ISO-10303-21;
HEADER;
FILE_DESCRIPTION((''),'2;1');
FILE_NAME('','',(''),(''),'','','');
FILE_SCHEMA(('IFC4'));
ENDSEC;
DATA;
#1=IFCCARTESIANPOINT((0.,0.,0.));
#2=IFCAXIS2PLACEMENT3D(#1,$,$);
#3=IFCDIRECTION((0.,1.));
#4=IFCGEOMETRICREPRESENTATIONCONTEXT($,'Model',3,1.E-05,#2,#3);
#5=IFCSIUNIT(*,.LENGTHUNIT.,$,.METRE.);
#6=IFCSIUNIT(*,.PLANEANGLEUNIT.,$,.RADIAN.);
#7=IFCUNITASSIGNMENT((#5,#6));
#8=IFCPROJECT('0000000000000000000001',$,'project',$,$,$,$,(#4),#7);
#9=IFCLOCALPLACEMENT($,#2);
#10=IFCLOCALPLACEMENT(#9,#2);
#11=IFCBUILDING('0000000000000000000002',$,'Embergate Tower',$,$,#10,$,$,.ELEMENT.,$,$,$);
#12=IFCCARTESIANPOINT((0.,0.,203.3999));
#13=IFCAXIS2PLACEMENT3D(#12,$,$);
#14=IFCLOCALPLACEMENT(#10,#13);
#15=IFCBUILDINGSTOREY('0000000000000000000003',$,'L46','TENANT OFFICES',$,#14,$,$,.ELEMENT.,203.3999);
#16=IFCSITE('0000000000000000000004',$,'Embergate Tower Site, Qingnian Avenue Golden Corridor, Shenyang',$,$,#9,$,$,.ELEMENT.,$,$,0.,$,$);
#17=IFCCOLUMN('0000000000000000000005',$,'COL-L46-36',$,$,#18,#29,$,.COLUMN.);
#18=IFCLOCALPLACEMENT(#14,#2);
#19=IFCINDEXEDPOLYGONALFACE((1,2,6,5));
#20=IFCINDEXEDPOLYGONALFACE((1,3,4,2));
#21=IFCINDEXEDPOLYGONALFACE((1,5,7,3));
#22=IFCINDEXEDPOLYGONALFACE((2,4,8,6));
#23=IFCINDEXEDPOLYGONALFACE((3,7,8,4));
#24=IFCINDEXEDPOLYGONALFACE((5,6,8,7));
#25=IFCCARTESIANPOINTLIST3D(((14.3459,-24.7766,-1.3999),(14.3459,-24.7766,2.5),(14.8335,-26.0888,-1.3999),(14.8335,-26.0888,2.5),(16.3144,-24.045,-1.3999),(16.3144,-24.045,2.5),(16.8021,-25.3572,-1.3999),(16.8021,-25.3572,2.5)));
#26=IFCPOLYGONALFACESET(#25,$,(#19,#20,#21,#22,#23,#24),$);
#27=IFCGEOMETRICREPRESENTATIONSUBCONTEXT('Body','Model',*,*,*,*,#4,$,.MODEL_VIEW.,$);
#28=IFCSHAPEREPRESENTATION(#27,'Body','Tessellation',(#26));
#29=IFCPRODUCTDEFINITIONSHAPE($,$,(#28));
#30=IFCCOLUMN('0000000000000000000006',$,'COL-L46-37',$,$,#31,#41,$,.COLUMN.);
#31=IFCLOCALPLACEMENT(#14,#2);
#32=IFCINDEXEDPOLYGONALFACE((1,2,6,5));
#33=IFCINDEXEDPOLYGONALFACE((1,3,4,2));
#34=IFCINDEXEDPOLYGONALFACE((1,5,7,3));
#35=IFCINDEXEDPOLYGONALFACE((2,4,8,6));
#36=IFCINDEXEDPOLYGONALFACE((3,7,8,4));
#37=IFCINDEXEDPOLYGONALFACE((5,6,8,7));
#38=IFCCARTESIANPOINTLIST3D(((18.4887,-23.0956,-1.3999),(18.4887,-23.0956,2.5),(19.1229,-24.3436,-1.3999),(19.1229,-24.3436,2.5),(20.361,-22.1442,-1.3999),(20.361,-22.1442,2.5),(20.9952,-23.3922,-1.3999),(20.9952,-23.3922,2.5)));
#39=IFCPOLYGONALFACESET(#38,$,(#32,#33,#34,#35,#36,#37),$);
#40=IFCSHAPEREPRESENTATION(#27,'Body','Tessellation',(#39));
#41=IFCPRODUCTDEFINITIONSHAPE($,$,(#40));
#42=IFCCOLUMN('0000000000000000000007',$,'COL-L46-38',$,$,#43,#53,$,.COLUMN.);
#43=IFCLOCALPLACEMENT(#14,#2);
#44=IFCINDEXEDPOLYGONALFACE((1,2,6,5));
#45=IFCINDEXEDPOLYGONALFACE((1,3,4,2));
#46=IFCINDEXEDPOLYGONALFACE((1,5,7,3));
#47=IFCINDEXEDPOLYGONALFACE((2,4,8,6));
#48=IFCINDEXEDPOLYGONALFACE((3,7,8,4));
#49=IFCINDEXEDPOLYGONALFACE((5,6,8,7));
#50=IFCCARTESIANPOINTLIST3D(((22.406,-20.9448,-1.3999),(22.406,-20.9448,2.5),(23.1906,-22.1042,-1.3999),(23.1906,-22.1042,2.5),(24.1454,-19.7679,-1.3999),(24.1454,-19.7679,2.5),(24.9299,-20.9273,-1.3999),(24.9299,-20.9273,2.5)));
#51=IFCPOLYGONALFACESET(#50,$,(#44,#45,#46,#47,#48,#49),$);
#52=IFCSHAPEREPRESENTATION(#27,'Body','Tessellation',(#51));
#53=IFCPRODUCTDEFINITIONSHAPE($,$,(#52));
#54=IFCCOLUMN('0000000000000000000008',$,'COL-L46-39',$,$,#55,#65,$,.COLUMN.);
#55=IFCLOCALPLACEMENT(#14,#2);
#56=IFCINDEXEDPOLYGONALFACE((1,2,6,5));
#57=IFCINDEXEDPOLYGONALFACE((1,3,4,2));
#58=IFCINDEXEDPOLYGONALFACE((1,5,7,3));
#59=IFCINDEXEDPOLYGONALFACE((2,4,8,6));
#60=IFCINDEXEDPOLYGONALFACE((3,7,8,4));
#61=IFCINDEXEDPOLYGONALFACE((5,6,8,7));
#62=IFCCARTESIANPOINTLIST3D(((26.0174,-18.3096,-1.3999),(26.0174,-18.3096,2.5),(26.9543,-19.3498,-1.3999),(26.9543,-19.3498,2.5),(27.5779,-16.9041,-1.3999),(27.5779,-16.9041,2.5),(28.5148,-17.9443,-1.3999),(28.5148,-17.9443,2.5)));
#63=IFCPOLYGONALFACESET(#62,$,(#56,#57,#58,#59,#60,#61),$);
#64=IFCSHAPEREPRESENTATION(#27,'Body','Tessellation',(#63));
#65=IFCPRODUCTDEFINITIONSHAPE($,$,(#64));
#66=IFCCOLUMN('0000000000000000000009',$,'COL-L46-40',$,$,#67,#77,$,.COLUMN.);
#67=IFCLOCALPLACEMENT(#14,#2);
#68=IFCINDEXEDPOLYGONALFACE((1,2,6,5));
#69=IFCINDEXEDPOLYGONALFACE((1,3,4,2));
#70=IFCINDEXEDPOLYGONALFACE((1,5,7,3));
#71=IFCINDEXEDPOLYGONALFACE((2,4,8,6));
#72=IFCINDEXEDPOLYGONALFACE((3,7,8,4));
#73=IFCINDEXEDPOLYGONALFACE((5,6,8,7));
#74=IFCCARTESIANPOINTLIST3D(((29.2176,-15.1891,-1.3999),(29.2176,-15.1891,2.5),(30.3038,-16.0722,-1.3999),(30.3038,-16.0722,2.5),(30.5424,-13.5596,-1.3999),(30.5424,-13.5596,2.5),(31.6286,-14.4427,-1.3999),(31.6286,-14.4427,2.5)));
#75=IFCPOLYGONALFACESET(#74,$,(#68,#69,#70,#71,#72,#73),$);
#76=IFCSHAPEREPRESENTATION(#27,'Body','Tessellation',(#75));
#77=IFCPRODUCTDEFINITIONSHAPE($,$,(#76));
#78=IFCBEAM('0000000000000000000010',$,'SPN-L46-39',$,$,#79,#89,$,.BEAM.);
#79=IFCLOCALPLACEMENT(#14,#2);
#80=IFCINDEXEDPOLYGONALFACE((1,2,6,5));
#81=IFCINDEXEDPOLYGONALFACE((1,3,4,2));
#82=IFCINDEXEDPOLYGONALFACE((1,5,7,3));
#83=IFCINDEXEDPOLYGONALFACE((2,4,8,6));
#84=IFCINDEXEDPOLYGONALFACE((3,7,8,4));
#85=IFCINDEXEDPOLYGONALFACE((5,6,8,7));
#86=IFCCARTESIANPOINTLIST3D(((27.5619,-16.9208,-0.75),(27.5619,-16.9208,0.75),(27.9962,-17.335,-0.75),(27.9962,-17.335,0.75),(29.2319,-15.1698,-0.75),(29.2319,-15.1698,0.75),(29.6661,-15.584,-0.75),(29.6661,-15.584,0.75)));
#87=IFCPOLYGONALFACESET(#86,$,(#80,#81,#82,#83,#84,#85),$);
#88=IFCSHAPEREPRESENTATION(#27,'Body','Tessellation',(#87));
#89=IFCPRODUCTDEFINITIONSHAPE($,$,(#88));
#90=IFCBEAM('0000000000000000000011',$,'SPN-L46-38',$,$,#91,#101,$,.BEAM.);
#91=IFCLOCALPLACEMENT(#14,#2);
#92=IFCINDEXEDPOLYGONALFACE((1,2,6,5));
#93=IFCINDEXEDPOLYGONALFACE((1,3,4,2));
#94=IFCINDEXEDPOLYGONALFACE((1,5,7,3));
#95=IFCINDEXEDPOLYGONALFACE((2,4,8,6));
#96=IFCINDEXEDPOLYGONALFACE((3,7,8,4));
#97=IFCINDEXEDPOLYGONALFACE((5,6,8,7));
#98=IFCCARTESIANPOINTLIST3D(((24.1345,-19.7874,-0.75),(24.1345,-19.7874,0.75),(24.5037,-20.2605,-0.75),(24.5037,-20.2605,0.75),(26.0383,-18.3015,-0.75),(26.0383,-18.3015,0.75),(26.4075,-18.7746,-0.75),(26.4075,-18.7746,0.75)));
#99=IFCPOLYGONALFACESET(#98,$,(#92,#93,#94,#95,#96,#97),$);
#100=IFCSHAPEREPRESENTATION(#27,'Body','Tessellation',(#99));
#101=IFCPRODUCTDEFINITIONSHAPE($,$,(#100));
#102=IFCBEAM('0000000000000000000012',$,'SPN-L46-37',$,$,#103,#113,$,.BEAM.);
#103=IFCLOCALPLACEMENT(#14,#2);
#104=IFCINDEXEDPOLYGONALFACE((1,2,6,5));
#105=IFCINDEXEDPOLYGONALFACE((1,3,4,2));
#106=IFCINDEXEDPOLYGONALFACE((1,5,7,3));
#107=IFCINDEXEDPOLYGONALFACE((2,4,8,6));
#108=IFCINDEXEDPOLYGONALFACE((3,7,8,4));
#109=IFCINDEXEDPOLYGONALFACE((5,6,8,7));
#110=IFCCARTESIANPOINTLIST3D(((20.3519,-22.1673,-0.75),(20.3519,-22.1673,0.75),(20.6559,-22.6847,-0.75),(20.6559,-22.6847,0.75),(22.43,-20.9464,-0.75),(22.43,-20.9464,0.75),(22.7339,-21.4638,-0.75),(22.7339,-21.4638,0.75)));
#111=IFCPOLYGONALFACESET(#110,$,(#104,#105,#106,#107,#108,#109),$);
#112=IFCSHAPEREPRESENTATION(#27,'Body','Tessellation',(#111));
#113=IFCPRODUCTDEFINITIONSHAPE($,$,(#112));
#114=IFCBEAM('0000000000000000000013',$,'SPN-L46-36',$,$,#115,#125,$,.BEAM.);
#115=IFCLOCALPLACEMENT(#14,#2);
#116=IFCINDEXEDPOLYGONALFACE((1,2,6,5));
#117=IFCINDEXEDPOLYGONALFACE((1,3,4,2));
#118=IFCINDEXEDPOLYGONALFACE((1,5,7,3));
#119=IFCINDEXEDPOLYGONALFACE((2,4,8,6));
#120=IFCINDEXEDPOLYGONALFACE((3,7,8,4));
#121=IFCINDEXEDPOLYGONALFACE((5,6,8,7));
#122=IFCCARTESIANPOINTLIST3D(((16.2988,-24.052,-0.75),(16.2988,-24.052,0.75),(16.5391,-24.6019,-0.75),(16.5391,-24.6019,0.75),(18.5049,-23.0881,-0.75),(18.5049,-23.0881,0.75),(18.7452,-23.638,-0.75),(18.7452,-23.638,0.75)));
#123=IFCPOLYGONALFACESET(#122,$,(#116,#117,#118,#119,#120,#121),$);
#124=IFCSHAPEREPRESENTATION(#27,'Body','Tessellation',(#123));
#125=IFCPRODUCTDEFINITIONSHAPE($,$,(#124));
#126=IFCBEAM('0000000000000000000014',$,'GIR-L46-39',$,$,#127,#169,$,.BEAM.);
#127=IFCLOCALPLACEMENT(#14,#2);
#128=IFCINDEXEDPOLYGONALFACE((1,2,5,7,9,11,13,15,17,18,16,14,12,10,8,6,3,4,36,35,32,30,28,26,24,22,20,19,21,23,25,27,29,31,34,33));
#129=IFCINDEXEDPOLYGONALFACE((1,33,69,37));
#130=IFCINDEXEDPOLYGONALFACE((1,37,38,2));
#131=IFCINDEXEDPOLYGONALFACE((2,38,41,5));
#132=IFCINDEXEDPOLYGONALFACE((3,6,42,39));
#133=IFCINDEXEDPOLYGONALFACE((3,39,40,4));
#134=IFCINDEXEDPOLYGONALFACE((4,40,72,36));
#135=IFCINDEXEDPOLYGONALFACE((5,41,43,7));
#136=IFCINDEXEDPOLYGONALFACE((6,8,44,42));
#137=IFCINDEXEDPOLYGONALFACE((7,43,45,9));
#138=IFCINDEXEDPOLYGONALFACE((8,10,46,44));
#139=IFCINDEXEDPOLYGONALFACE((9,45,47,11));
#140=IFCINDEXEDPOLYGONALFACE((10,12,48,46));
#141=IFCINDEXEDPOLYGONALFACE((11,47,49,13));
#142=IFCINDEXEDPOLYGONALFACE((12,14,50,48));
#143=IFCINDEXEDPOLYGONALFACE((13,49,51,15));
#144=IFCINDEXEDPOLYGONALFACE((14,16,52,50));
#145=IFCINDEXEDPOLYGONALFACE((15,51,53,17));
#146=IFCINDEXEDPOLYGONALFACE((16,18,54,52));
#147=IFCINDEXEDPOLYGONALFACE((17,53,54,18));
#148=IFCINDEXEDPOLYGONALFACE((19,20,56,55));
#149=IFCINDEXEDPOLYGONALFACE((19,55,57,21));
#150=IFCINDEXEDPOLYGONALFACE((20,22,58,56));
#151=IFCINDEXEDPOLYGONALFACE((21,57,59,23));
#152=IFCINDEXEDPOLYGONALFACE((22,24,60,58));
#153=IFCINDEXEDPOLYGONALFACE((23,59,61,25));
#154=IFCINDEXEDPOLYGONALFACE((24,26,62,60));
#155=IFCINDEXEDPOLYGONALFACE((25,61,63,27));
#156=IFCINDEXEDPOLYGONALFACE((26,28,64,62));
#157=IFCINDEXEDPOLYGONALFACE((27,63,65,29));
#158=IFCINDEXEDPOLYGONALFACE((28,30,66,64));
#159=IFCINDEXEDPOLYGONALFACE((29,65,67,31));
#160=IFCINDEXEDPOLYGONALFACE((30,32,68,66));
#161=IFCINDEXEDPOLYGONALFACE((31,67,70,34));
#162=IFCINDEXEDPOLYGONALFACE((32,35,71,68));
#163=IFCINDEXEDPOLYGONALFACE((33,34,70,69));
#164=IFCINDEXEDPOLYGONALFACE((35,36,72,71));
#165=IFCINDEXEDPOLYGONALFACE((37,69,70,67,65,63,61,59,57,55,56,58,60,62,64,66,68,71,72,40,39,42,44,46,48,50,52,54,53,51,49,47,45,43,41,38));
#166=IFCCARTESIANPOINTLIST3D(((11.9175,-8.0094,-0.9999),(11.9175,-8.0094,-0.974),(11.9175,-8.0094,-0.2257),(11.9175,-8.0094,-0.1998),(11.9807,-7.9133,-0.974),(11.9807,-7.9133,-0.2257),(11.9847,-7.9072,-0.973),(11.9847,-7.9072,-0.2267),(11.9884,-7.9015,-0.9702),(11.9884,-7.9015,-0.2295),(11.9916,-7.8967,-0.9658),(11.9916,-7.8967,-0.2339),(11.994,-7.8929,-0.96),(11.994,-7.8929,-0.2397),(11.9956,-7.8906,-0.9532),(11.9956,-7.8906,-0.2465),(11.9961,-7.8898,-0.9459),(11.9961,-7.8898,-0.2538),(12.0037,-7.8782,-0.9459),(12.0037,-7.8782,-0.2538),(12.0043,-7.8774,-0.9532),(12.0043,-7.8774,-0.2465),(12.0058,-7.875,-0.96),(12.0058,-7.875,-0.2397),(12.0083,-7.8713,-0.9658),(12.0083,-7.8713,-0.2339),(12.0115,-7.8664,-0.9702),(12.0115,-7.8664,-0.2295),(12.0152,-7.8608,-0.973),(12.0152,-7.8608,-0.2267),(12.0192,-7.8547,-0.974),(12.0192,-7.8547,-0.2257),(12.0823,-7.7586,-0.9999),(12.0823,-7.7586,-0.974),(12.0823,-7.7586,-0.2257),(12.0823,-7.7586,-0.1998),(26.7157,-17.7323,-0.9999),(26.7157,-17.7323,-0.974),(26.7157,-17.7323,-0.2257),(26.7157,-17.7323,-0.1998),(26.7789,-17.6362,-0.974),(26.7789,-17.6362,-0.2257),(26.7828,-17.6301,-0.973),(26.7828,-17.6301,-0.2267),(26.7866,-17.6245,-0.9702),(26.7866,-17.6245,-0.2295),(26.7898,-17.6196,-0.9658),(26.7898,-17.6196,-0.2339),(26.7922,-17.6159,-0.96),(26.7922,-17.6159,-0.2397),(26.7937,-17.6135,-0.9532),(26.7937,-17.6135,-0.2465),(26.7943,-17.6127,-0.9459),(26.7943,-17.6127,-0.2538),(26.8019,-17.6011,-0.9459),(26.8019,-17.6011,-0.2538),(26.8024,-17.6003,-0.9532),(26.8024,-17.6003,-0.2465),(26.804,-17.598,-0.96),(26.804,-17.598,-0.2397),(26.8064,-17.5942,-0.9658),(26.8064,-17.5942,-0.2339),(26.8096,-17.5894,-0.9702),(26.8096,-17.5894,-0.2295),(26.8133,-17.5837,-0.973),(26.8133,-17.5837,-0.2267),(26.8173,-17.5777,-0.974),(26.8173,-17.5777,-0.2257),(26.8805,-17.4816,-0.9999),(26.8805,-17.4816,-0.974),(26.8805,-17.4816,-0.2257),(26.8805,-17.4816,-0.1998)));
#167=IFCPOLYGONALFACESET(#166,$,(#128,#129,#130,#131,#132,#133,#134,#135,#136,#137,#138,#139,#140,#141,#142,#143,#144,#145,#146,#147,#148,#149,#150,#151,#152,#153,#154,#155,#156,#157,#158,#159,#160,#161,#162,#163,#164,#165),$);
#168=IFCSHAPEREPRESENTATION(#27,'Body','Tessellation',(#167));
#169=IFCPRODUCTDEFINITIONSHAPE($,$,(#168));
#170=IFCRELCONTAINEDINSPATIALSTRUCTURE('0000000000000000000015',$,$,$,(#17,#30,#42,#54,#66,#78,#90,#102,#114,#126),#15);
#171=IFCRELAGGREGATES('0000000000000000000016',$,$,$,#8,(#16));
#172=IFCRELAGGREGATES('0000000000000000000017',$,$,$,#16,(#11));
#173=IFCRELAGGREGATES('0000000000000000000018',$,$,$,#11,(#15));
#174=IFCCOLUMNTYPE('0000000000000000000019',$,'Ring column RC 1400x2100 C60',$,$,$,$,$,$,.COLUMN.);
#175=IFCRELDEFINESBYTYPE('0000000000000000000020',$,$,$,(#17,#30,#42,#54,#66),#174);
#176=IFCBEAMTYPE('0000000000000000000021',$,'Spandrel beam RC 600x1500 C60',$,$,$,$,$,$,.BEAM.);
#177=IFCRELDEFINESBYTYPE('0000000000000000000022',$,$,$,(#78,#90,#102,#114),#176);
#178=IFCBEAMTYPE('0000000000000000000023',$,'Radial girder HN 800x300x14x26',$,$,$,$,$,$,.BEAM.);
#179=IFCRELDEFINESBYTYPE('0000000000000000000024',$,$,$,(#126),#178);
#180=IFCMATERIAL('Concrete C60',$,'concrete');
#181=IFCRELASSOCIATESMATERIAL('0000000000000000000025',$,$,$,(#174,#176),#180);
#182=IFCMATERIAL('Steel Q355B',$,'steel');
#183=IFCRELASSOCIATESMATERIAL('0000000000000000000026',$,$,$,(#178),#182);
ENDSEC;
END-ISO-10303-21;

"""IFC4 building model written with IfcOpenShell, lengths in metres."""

from ifc_helpers import new_model, si_unit, direction, frame, origin, origin_2d, place, context, subcontext, project, spatial, rectangle, i_section, extrude, source, transform, mapped, material, material_profile, profile_set, type_object, element, save


model = new_model("IFC4")

# Units and contexts
model_context = context("Model", 3, precision=1e-05, world=origin(), true_north=direction((0.0, 1.0)))
body_context = subcontext(model_context, "Body", "Model", "MODEL_VIEW")
ifc_project = project(units=[si_unit("LENGTHUNIT", "METRE"), si_unit("PLANEANGLEUNIT", "RADIAN")], contexts=[model_context])

# Site, building, storey
site_placement = place(None, origin())
site = spatial("IfcSite", under=ifc_project, at=site_placement, Name="Embergate Tower Site, Qingnian Avenue Golden Corridor, Shenyang", CompositionType="ELEMENT", RefElevation=0.0)
building_placement = place(site_placement, origin())
building = spatial("IfcBuilding", under=site, at=building_placement, Name="Embergate Tower", CompositionType="ELEMENT")
storey_placement = place(building_placement, frame((0.0, 0.0, 203.3999)))
storey = spatial("IfcBuildingStorey", under=building, at=storey_placement, Name="L46", Description="TENANT OFFICES", CompositionType="ELEMENT", Elevation=203.3999)

# Columns
ifc_material_1 = material(Name="Concrete C60", Category="concrete")
ifc_material_profile_1 = material_profile(ifc_material_1, rectangle(XDim=1.3999, YDim=2.1001, at=origin_2d()), Name="RC 1400x2100")
ifc_profile_set_1 = profile_set([ifc_material_profile_1], Name="Concrete C60")
column_type = type_object("IfcColumnType", Name="Ring column RC 1400x2100 C60", PredefinedType="COLUMN", material=ifc_profile_set_1)
shared_shape_1 = source(origin(), body_context, "Body", "SweptSolid", [
    extrude(rectangle(XDim=1.3999, YDim=2.1001, at=origin_2d()), origin(), (0.0, 0.0, 1.0), 3.8999),
])
for number, where, z_axis, x_axis, name in (
    (1, (15.574, -25.0669, -1.3999), (0.0, 0.0, 1.0), (0.348359, -0.937361, 0.0), "COL-L46-36"),
    (2, (19.7419, -23.2439, -1.3999), (0.0, 0.0, 1.0), (0.453011, -0.891505, 0.0), "COL-L46-37"),
    (3, (23.668, -20.936, -1.3999), (0.0, 0.0, 1.0), (0.560408, -0.828217, 0.0), "COL-L46-38"),
    (4, (27.2661, -18.127, -1.3999), (0.0, 0.0, 1.0), (0.669221, -0.743063, 0.0), "COL-L46-39"),
    (5, (30.4231, -14.8159, -1.3999), (0.0, 0.0, 1.0), (0.775925, -0.630825, 0.0), "COL-L46-40"),
):
    element("IfcColumn", number, at=place(storey_placement, frame(where, z_axis=z_axis, x_axis=x_axis)), inside=storey, type_object=column_type, Name=name, PredefinedType="COLUMN", context=body_context, shape_type="MappedRepresentation", body=[
        mapped(shared_shape_1, transform((0.0, 0.0, 0.0))),
    ])

# Beams
ifc_material_profile_2 = material_profile(ifc_material_1, rectangle(XDim=0.6001, YDim=1.5, at=origin_2d()), Name="RC 600x1500")
ifc_profile_set_2 = profile_set([ifc_material_profile_2], Name="Concrete C60")
beam_type_1 = type_object("IfcBeamType", Name="Spandrel beam RC 600x1500 C60", PredefinedType="BEAM", material=ifc_profile_set_2)
shared_shape_2 = source(origin(), body_context, "Body", "SweptSolid", [
    extrude(rectangle(XDim=0.6001, YDim=1.5, at=origin_2d()), origin(), (0.0, 0.0, 1.0), 2.4197),
])
beam_1_placement = place(storey_placement, frame((27.7791, -17.1279, 0.0), z_axis=(0.690159, 0.723658, 0.0), x_axis=(-0.723658, 0.690159, 0.0)))
element("IfcBeam", 6, at=beam_1_placement, inside=storey, type_object=beam_type_1, Name="SPN-L46-39", PredefinedType="BEAM", context=body_context, shape_type="MappedRepresentation", body=[
    mapped(shared_shape_2, transform((0.0, 0.0, 0.0))),
])
shared_shape_3 = source(origin(), body_context, "Body", "SweptSolid", [
    extrude(rectangle(XDim=0.6001, YDim=1.5, at=origin_2d()), origin(), (0.0, 0.0, 1.0), 2.415),
])
beam_2_placement = place(storey_placement, frame((24.3191, -20.0239, 0.0), z_axis=(0.788328, 0.615256, 0.0), x_axis=(-0.615256, 0.788328, 0.0)))
element("IfcBeam", 7, at=beam_2_placement, inside=storey, type_object=beam_type_1, Name="SPN-L46-38", PredefinedType="BEAM", context=body_context, shape_type="MappedRepresentation", body=[
    mapped(shared_shape_3, transform((0.0, 0.0, 0.0))),
])
shared_shape_4 = source(origin(), body_context, "Body", "SweptSolid", [
    extrude(rectangle(XDim=0.6001, YDim=1.5, at=origin_2d()), origin(), (0.0, 0.0, 1.0), 2.4102),
])
beam_3_placement = place(storey_placement, frame((20.5039, -22.426, 0.0), z_axis=(0.862202, 0.506564, 0.0), x_axis=(-0.506564, 0.862202, 0.0)))
element("IfcBeam", 8, at=beam_3_placement, inside=storey, type_object=beam_type_1, Name="SPN-L46-37", PredefinedType="BEAM", context=body_context, shape_type="MappedRepresentation", body=[
    mapped(shared_shape_4, transform((0.0, 0.0, 0.0))),
])
shared_shape_5 = source(origin(), body_context, "Body", "SweptSolid", [
    extrude(rectangle(XDim=0.6001, YDim=1.5, at=origin_2d()), origin(), (0.0, 0.0, 1.0), 2.4075),
])
beam_4_placement = place(storey_placement, frame((16.4189, -24.3269, 0.0), z_axis=(0.916353, 0.400372, 0.0), x_axis=(-0.400372, 0.916353, 0.0)))
element("IfcBeam", 9, at=beam_4_placement, inside=storey, type_object=beam_type_1, Name="SPN-L46-36", PredefinedType="BEAM", context=body_context, shape_type="MappedRepresentation", body=[
    mapped(shared_shape_5, transform((0.0, 0.0, 0.0))),
])
ifc_material_2 = material(Name="Steel Q355B", Category="steel")
ifc_material_profile_3 = material_profile(ifc_material_2, i_section(OverallWidth=0.3, OverallDepth=0.8, WebThickness=0.0139, FlangeThickness=0.0259, FilletRadius=0.0281, at=origin_2d()), Name="HN 800x300x14x26")
ifc_profile_set_3 = profile_set([ifc_material_profile_3], Name="Steel Q355 grade B")
beam_type_2 = type_object("IfcBeamType", Name="Radial girder HN 800x300x14x26", PredefinedType="BEAM", material=ifc_profile_set_3)
shared_shape_6 = source(origin(), body_context, "Body", "SweptSolid", [
    extrude(i_section(OverallWidth=0.3, OverallDepth=0.8, WebThickness=0.0139, FlangeThickness=0.0259, FilletRadius=0.0281, at=origin_2d()), origin(), (0.0, 0.0, 1.0), 17.7065),
])
beam_5_placement = place(storey_placement, frame((26.7981, -17.6069, -0.5999), z_axis=(-0.835746, 0.549116, 0.0), x_axis=(-0.549116, -0.835746, 0.0)))
element("IfcBeam", 10, at=beam_5_placement, inside=storey, type_object=beam_type_2, Name="GIR-L46-39", PredefinedType="BEAM", context=body_context, shape_type="MappedRepresentation", body=[
    mapped(shared_shape_6, transform((0.0, 0.0, 0.0))),
])

save(model, "model.ifc")
